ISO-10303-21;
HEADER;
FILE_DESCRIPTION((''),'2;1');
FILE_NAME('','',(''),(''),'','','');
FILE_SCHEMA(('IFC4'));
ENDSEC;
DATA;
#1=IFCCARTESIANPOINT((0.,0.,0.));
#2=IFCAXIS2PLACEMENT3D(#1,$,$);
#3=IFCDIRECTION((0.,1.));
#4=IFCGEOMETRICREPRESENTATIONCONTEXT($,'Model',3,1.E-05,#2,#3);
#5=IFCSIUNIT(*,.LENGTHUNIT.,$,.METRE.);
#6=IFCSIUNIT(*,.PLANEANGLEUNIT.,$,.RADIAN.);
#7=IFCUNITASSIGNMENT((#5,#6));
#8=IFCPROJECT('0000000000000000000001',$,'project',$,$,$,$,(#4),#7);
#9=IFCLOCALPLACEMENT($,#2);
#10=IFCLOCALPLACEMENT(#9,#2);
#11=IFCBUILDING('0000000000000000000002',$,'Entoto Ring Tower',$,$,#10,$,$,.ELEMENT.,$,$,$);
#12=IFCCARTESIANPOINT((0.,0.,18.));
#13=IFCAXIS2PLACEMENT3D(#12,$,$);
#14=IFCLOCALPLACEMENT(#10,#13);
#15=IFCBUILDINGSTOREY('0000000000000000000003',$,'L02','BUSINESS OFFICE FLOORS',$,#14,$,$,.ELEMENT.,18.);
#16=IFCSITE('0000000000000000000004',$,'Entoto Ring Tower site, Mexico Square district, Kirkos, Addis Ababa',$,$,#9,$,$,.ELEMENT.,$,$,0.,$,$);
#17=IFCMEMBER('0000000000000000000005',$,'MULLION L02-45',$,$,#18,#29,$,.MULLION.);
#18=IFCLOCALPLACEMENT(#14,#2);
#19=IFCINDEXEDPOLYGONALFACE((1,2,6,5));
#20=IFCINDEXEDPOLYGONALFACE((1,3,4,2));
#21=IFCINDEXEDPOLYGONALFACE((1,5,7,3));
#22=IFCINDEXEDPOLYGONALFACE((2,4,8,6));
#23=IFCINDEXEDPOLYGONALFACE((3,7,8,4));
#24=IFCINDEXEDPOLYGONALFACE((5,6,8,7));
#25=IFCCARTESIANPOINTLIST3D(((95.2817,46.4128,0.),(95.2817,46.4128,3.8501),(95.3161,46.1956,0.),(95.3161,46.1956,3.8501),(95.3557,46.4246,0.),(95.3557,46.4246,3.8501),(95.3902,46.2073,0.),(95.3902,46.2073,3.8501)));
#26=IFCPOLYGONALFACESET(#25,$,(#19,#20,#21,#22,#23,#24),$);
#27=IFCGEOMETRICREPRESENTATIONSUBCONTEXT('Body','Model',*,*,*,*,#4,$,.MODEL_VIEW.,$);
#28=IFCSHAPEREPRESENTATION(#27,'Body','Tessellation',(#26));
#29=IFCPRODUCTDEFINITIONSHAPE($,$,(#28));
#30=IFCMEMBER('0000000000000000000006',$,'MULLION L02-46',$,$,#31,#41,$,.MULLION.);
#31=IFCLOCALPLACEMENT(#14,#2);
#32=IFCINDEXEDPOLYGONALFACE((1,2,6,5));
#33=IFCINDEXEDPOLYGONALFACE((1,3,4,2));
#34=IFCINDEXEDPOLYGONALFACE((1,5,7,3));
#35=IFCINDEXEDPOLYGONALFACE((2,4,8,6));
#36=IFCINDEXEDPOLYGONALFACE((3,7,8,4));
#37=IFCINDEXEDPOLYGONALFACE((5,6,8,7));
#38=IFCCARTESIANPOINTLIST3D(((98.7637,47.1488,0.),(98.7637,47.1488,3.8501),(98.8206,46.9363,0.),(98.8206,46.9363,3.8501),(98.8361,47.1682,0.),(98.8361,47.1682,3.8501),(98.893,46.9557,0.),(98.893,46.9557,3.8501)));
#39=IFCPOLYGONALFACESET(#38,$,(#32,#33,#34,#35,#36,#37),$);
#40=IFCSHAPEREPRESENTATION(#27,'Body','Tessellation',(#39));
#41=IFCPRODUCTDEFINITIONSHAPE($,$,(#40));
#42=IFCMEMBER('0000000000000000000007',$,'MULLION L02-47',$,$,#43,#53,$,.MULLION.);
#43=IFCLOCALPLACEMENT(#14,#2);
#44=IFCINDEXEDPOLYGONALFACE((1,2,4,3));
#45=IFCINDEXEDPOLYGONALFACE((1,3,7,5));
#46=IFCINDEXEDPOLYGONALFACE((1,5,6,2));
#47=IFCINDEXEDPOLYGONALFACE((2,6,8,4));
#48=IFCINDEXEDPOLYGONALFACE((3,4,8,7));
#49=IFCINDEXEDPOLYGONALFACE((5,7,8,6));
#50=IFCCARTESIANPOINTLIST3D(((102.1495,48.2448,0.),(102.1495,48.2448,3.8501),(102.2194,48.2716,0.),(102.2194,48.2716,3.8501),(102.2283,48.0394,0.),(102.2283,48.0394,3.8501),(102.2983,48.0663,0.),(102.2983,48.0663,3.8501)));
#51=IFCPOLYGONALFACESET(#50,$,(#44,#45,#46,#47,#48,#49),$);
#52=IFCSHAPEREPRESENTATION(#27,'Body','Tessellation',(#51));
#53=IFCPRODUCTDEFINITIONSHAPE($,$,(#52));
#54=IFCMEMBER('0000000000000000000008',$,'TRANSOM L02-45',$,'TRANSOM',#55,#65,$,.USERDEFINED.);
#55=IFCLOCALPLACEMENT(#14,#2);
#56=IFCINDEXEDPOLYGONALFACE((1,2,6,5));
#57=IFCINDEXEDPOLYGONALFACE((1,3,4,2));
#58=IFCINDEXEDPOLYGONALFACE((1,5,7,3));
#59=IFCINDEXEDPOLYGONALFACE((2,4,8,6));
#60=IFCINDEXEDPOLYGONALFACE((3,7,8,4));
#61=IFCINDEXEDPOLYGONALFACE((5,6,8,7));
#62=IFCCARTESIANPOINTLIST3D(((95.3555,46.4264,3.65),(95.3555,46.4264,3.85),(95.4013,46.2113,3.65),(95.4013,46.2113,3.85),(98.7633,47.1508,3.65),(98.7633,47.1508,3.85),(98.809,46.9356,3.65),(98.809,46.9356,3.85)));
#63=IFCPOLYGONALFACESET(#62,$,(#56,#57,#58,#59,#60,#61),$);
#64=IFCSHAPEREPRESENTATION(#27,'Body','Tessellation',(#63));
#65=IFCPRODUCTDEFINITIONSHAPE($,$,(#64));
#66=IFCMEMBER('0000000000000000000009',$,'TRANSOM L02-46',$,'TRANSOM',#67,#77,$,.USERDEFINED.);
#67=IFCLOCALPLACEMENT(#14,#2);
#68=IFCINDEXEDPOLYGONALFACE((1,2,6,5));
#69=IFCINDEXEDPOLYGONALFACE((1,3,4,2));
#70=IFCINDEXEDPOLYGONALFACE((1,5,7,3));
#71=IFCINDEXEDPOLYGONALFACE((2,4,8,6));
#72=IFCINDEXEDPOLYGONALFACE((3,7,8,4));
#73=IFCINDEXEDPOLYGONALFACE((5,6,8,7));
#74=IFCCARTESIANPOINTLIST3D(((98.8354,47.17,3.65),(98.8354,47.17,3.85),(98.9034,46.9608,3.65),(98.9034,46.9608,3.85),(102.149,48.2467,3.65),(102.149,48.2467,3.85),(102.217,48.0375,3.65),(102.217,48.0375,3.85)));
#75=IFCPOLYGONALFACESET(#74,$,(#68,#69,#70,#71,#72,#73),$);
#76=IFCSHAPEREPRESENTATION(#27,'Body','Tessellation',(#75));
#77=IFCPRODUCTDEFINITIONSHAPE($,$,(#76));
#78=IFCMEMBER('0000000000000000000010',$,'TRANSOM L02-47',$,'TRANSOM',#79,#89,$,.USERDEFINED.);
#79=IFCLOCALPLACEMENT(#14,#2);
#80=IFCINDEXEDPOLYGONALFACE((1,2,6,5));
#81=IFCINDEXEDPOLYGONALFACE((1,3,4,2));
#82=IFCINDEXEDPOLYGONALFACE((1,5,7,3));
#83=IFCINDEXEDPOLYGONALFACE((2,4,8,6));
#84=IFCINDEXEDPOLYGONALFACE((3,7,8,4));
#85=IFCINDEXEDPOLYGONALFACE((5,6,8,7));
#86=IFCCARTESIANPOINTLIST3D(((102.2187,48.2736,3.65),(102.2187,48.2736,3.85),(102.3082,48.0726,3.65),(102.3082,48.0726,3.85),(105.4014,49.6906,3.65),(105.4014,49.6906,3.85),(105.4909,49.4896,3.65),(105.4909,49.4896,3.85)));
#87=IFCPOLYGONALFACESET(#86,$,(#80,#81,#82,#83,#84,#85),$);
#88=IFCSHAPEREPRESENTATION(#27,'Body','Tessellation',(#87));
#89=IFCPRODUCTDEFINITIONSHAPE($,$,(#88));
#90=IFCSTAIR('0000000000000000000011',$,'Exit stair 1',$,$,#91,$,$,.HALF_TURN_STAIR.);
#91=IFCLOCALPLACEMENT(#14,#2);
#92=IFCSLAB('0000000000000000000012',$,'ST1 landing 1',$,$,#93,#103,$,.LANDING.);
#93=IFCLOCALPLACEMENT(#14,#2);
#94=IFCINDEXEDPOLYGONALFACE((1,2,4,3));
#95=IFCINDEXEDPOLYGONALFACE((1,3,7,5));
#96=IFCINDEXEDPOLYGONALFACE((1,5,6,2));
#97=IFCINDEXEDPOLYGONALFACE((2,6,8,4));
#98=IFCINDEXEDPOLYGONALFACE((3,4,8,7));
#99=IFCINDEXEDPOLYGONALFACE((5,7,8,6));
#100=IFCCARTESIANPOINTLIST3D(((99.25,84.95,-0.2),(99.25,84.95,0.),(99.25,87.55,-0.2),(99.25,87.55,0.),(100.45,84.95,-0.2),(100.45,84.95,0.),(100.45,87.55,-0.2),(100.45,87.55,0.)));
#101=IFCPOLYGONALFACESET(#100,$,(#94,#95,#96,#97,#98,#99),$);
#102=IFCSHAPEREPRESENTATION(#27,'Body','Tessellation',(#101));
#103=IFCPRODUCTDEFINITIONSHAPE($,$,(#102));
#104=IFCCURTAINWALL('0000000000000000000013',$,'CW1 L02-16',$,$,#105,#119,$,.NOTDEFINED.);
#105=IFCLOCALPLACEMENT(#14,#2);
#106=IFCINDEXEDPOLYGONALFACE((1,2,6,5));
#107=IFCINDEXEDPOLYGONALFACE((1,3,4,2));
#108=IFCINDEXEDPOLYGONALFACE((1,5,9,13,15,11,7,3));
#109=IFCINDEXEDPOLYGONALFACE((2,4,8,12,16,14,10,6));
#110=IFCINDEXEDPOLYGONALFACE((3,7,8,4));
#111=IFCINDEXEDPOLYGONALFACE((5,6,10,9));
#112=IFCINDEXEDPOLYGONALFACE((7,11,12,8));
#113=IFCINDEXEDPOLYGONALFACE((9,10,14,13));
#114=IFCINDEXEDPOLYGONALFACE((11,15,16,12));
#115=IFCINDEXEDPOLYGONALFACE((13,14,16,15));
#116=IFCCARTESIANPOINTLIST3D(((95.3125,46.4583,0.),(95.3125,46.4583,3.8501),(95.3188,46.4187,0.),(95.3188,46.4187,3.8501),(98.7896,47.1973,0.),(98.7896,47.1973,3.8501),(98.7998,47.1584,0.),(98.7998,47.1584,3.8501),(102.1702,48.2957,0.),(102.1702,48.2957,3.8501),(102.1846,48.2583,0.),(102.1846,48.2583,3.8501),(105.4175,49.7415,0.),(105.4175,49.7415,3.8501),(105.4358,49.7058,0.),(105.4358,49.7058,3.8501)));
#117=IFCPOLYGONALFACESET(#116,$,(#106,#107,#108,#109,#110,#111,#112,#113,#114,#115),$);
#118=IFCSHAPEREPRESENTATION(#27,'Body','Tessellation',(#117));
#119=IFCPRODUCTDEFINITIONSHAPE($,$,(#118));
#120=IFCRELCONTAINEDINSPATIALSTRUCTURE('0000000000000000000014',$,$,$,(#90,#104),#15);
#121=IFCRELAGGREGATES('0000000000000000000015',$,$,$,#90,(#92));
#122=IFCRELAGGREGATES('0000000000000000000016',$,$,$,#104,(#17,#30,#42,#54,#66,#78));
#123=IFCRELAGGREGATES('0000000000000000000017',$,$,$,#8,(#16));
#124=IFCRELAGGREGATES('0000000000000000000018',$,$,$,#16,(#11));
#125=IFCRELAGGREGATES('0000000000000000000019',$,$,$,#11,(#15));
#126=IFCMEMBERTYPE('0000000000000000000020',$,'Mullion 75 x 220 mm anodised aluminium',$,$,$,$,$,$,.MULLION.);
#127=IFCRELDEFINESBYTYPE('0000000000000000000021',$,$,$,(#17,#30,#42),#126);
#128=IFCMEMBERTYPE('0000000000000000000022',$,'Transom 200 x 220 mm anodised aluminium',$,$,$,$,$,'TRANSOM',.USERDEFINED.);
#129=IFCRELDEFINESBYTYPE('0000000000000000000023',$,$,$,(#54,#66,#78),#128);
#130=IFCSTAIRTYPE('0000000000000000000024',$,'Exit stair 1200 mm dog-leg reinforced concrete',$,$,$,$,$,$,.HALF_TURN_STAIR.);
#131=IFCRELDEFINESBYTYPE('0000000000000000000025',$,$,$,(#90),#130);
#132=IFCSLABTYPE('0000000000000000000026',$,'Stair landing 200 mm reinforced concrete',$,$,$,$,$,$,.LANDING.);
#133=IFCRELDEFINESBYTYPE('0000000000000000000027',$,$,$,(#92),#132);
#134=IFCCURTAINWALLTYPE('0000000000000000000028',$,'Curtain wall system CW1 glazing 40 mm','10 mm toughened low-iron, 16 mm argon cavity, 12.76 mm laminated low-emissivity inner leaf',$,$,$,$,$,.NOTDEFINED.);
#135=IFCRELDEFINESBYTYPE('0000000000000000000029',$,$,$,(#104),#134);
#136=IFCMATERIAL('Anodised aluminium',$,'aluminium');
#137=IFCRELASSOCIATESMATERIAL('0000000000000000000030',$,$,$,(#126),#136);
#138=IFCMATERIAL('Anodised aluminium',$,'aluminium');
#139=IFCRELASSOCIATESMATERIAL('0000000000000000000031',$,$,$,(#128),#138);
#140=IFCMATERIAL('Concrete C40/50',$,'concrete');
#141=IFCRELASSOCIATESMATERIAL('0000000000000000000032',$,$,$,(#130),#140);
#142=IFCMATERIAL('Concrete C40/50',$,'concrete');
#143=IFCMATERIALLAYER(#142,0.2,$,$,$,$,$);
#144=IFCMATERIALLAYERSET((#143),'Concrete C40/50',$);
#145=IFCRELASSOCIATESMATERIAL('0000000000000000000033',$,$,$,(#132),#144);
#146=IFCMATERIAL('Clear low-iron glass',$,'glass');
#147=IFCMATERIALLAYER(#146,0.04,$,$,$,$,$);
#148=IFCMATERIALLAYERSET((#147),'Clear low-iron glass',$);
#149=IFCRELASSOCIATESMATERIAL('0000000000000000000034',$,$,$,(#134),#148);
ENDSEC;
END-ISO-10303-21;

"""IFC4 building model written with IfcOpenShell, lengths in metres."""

from ifc_helpers import new_model, si_unit, direction, frame, origin, origin_2d, place, context, subcontext, project, spatial, polyline, rectangle, outline, extrude, material, layer, layer_set, material_profile, profile_set, type_object, element, aggregate, save


model = new_model("IFC4")

# Units and contexts
model_context = context("Model", 3, precision=1e-05, world=origin(), true_north=direction((0.0, 1.0)))
body_context = subcontext(model_context, "Body", "Model", "MODEL_VIEW")
ifc_project = project(units=[si_unit("LENGTHUNIT", "METRE"), si_unit("PLANEANGLEUNIT", "RADIAN")], contexts=[model_context])

# Members
ifc_material_1 = material(Name="Anodised aluminium", Category="aluminium")
ifc_material_profile_1 = material_profile(ifc_material_1, rectangle(XDim=0.075, YDim=0.22, at=origin_2d()), Name="Mullion 75 x 220 mm anodised aluminium")
ifc_profile_set_1 = profile_set([ifc_material_profile_1], Name="Anodised aluminium")
member_type_1 = type_object("IfcMemberType", Name="Mullion 75 x 220 mm anodised aluminium", PredefinedType="MULLION", material=ifc_profile_set_1)
site_placement = place(None, origin())
building_placement = place(site_placement, origin())
storey_placement = place(building_placement, frame((0.0, 0.0, 18.0)))
member_1_placement = place(storey_placement, frame((95.3359, 46.3101, 0.0), z_axis=(0.0, 0.0, 1.0), x_axis=(0.987688, 0.156434, 0.0)))
member_1 = element("IfcMember", 1, at=member_1_placement, type_object=member_type_1, Name="MULLION L02-45", PredefinedType="MULLION", context=body_context, shape_type="SweptSolid", body=[
    extrude(rectangle(XDim=0.075, YDim=0.22, at=origin_2d()), origin(), (0.0, 0.0, 1.0), 3.8501),
])
member_2_placement = place(storey_placement, frame((98.8284, 47.0522, 0.0), z_axis=(0.0, 0.0, 1.0), x_axis=(0.965926, 0.258819, 0.0)))
member_2 = element("IfcMember", 2, at=member_2_placement, type_object=member_type_1, Name="MULLION L02-46", PredefinedType="MULLION", context=body_context, shape_type="SweptSolid", body=[
    extrude(rectangle(XDim=0.075, YDim=0.22, at=origin_2d()), origin(), (0.0, 0.0, 1.0), 3.8501),
])
member_3_placement = place(storey_placement, frame((102.2239, 48.1555, 0.0), z_axis=(0.0, 0.0, 1.0), x_axis=(0.93358, 0.358368, 0.0)))
member_3 = element("IfcMember", 3, at=member_3_placement, type_object=member_type_1, Name="MULLION L02-47", PredefinedType="MULLION", context=body_context, shape_type="SweptSolid", body=[
    extrude(rectangle(XDim=0.075, YDim=0.22, at=origin_2d()), origin(), (0.0, 0.0, 1.0), 3.8501),
])
ifc_material_2 = material(Name="Anodised aluminium", Category="aluminium")
ifc_material_profile_2 = material_profile(ifc_material_2, rectangle(XDim=0.22, YDim=0.2, at=origin_2d()), Name="Transom 200 x 220 mm anodised aluminium")
ifc_profile_set_2 = profile_set([ifc_material_profile_2], Name="Anodised aluminium")
member_type_2 = type_object("IfcMemberType", Name="Transom 200 x 220 mm anodised aluminium", ElementType="TRANSOM", PredefinedType="USERDEFINED", material=ifc_profile_set_2)
member_4_placement = place(storey_placement, frame((95.3784, 46.3188, 3.75), z_axis=(0.978146, 0.207921, 0.0), x_axis=(-0.207921, 0.978146, 0.0)))
member_4 = element("IfcMember", 4, at=member_4_placement, type_object=member_type_2, Name="TRANSOM L02-45", ObjectType="TRANSOM", PredefinedType="USERDEFINED", context=body_context, shape_type="SweptSolid", body=[
    extrude(rectangle(XDim=0.22, YDim=0.2, at=origin_2d()), origin(), (0.0, 0.0, 1.0), 3.4839),
])
member_5_placement = place(storey_placement, frame((98.8694, 47.0654, 3.75), z_axis=(0.951053, 0.309029, 0.0), x_axis=(-0.309029, 0.951053, 0.0)))
member_5 = element("IfcMember", 5, at=member_5_placement, type_object=member_type_2, Name="TRANSOM L02-46", ObjectType="TRANSOM", PredefinedType="USERDEFINED", context=body_context, shape_type="SweptSolid", body=[
    extrude(rectangle(XDim=0.22, YDim=0.2, at=origin_2d()), origin(), (0.0, 0.0, 1.0), 3.4841),
])
member_6_placement = place(storey_placement, frame((102.2634, 48.1731, 3.75), z_axis=(0.913545, 0.406737, 0.0), x_axis=(-0.406737, 0.913545, 0.0)))
member_6 = element("IfcMember", 6, at=member_6_placement, type_object=member_type_2, Name="TRANSOM L02-47", ObjectType="TRANSOM", PredefinedType="USERDEFINED", context=body_context, shape_type="SweptSolid", body=[
    extrude(rectangle(XDim=0.22, YDim=0.2, at=origin_2d()), origin(), (0.0, 0.0, 1.0), 3.4839),
])

# Site, building, storey
site = spatial("IfcSite", under=ifc_project, at=site_placement, Name="Entoto Ring Tower site, Mexico Square district, Kirkos, Addis Ababa", CompositionType="ELEMENT", RefElevation=0.0)
building = spatial("IfcBuilding", under=site, at=building_placement, Name="Entoto Ring Tower", CompositionType="ELEMENT")
storey = spatial("IfcBuildingStorey", under=building, at=storey_placement, Name="L02", Description="BUSINESS OFFICE FLOORS", CompositionType="ELEMENT", Elevation=18.0)

# Stair, slab
ifc_material_3 = material(Name="Concrete C40/50", Category="concrete")
stair_type = type_object("IfcStairType", Name="Exit stair 1200 mm dog-leg reinforced concrete", PredefinedType="HALF_TURN_STAIR", material=ifc_material_3)
stair_placement = place(storey_placement, origin())
stair = element("IfcStair", 7, at=stair_placement, inside=storey, type_object=stair_type, Name="Exit stair 1", PredefinedType="HALF_TURN_STAIR")
ifc_material_4 = material(Name="Concrete C40/50", Category="concrete")
ifc_layer_1 = layer(ifc_material_4, 0.2)
ifc_layer_set_1 = layer_set([ifc_layer_1], Name="Concrete C40/50")
slab_type = type_object("IfcSlabType", Name="Stair landing 200 mm reinforced concrete", PredefinedType="LANDING", material=ifc_layer_set_1)
slab_placement = place(storey_placement, frame((0.0, 0.0, -0.2)))
slab = element("IfcSlab", 8, at=slab_placement, type_object=slab_type, Name="ST1 landing 1", PredefinedType="LANDING", context=body_context, shape_type="SweptSolid", body=[
    extrude(outline(polyline([(100.45, 84.95), (100.45, 87.55), (99.25, 87.55), (99.25, 84.95), (100.45, 84.95)])), origin(), (0.0, 0.0, 1.0), 0.2),
])
aggregate(stair, [slab])

# Curtain wall
ifc_material_5 = material(Name="Clear low-iron glass", Category="glass")
ifc_layer_2 = layer(ifc_material_5, 0.04)
ifc_layer_set_2 = layer_set([ifc_layer_2], Name="Clear low-iron glass")
curtain_wall_type = type_object("IfcCurtainWallType", Name="Curtain wall system CW1 glazing 40 mm", Description="10 mm toughened low-iron, 16 mm argon cavity, 12.76 mm laminated low-emissivity inner leaf", PredefinedType="NOTDEFINED", material=ifc_layer_set_2)
curtain_wall_1_placement = place(storey_placement, origin())
curtain_wall_1 = element("IfcCurtainWall", 9, at=curtain_wall_1_placement, inside=storey, type_object=curtain_wall_type, Name="CW1 L02-16", PredefinedType="NOTDEFINED", context=body_context, shape_type="SweptSolid", body=[
    extrude(outline(polyline([(95.3188, 46.4187), (98.7998, 47.1584), (102.1846, 48.2583), (105.4358, 49.7058), (105.4175, 49.7415), (102.1702, 48.2957), (98.7896, 47.1973), (95.3125, 46.4583), (95.3188, 46.4187)])), origin(), (0.0, 0.0, 1.0), 3.8501),
])
aggregate(curtain_wall_1, [member_1, member_2, member_3, member_4, member_5, member_6])

save(model, "model.ifc")
